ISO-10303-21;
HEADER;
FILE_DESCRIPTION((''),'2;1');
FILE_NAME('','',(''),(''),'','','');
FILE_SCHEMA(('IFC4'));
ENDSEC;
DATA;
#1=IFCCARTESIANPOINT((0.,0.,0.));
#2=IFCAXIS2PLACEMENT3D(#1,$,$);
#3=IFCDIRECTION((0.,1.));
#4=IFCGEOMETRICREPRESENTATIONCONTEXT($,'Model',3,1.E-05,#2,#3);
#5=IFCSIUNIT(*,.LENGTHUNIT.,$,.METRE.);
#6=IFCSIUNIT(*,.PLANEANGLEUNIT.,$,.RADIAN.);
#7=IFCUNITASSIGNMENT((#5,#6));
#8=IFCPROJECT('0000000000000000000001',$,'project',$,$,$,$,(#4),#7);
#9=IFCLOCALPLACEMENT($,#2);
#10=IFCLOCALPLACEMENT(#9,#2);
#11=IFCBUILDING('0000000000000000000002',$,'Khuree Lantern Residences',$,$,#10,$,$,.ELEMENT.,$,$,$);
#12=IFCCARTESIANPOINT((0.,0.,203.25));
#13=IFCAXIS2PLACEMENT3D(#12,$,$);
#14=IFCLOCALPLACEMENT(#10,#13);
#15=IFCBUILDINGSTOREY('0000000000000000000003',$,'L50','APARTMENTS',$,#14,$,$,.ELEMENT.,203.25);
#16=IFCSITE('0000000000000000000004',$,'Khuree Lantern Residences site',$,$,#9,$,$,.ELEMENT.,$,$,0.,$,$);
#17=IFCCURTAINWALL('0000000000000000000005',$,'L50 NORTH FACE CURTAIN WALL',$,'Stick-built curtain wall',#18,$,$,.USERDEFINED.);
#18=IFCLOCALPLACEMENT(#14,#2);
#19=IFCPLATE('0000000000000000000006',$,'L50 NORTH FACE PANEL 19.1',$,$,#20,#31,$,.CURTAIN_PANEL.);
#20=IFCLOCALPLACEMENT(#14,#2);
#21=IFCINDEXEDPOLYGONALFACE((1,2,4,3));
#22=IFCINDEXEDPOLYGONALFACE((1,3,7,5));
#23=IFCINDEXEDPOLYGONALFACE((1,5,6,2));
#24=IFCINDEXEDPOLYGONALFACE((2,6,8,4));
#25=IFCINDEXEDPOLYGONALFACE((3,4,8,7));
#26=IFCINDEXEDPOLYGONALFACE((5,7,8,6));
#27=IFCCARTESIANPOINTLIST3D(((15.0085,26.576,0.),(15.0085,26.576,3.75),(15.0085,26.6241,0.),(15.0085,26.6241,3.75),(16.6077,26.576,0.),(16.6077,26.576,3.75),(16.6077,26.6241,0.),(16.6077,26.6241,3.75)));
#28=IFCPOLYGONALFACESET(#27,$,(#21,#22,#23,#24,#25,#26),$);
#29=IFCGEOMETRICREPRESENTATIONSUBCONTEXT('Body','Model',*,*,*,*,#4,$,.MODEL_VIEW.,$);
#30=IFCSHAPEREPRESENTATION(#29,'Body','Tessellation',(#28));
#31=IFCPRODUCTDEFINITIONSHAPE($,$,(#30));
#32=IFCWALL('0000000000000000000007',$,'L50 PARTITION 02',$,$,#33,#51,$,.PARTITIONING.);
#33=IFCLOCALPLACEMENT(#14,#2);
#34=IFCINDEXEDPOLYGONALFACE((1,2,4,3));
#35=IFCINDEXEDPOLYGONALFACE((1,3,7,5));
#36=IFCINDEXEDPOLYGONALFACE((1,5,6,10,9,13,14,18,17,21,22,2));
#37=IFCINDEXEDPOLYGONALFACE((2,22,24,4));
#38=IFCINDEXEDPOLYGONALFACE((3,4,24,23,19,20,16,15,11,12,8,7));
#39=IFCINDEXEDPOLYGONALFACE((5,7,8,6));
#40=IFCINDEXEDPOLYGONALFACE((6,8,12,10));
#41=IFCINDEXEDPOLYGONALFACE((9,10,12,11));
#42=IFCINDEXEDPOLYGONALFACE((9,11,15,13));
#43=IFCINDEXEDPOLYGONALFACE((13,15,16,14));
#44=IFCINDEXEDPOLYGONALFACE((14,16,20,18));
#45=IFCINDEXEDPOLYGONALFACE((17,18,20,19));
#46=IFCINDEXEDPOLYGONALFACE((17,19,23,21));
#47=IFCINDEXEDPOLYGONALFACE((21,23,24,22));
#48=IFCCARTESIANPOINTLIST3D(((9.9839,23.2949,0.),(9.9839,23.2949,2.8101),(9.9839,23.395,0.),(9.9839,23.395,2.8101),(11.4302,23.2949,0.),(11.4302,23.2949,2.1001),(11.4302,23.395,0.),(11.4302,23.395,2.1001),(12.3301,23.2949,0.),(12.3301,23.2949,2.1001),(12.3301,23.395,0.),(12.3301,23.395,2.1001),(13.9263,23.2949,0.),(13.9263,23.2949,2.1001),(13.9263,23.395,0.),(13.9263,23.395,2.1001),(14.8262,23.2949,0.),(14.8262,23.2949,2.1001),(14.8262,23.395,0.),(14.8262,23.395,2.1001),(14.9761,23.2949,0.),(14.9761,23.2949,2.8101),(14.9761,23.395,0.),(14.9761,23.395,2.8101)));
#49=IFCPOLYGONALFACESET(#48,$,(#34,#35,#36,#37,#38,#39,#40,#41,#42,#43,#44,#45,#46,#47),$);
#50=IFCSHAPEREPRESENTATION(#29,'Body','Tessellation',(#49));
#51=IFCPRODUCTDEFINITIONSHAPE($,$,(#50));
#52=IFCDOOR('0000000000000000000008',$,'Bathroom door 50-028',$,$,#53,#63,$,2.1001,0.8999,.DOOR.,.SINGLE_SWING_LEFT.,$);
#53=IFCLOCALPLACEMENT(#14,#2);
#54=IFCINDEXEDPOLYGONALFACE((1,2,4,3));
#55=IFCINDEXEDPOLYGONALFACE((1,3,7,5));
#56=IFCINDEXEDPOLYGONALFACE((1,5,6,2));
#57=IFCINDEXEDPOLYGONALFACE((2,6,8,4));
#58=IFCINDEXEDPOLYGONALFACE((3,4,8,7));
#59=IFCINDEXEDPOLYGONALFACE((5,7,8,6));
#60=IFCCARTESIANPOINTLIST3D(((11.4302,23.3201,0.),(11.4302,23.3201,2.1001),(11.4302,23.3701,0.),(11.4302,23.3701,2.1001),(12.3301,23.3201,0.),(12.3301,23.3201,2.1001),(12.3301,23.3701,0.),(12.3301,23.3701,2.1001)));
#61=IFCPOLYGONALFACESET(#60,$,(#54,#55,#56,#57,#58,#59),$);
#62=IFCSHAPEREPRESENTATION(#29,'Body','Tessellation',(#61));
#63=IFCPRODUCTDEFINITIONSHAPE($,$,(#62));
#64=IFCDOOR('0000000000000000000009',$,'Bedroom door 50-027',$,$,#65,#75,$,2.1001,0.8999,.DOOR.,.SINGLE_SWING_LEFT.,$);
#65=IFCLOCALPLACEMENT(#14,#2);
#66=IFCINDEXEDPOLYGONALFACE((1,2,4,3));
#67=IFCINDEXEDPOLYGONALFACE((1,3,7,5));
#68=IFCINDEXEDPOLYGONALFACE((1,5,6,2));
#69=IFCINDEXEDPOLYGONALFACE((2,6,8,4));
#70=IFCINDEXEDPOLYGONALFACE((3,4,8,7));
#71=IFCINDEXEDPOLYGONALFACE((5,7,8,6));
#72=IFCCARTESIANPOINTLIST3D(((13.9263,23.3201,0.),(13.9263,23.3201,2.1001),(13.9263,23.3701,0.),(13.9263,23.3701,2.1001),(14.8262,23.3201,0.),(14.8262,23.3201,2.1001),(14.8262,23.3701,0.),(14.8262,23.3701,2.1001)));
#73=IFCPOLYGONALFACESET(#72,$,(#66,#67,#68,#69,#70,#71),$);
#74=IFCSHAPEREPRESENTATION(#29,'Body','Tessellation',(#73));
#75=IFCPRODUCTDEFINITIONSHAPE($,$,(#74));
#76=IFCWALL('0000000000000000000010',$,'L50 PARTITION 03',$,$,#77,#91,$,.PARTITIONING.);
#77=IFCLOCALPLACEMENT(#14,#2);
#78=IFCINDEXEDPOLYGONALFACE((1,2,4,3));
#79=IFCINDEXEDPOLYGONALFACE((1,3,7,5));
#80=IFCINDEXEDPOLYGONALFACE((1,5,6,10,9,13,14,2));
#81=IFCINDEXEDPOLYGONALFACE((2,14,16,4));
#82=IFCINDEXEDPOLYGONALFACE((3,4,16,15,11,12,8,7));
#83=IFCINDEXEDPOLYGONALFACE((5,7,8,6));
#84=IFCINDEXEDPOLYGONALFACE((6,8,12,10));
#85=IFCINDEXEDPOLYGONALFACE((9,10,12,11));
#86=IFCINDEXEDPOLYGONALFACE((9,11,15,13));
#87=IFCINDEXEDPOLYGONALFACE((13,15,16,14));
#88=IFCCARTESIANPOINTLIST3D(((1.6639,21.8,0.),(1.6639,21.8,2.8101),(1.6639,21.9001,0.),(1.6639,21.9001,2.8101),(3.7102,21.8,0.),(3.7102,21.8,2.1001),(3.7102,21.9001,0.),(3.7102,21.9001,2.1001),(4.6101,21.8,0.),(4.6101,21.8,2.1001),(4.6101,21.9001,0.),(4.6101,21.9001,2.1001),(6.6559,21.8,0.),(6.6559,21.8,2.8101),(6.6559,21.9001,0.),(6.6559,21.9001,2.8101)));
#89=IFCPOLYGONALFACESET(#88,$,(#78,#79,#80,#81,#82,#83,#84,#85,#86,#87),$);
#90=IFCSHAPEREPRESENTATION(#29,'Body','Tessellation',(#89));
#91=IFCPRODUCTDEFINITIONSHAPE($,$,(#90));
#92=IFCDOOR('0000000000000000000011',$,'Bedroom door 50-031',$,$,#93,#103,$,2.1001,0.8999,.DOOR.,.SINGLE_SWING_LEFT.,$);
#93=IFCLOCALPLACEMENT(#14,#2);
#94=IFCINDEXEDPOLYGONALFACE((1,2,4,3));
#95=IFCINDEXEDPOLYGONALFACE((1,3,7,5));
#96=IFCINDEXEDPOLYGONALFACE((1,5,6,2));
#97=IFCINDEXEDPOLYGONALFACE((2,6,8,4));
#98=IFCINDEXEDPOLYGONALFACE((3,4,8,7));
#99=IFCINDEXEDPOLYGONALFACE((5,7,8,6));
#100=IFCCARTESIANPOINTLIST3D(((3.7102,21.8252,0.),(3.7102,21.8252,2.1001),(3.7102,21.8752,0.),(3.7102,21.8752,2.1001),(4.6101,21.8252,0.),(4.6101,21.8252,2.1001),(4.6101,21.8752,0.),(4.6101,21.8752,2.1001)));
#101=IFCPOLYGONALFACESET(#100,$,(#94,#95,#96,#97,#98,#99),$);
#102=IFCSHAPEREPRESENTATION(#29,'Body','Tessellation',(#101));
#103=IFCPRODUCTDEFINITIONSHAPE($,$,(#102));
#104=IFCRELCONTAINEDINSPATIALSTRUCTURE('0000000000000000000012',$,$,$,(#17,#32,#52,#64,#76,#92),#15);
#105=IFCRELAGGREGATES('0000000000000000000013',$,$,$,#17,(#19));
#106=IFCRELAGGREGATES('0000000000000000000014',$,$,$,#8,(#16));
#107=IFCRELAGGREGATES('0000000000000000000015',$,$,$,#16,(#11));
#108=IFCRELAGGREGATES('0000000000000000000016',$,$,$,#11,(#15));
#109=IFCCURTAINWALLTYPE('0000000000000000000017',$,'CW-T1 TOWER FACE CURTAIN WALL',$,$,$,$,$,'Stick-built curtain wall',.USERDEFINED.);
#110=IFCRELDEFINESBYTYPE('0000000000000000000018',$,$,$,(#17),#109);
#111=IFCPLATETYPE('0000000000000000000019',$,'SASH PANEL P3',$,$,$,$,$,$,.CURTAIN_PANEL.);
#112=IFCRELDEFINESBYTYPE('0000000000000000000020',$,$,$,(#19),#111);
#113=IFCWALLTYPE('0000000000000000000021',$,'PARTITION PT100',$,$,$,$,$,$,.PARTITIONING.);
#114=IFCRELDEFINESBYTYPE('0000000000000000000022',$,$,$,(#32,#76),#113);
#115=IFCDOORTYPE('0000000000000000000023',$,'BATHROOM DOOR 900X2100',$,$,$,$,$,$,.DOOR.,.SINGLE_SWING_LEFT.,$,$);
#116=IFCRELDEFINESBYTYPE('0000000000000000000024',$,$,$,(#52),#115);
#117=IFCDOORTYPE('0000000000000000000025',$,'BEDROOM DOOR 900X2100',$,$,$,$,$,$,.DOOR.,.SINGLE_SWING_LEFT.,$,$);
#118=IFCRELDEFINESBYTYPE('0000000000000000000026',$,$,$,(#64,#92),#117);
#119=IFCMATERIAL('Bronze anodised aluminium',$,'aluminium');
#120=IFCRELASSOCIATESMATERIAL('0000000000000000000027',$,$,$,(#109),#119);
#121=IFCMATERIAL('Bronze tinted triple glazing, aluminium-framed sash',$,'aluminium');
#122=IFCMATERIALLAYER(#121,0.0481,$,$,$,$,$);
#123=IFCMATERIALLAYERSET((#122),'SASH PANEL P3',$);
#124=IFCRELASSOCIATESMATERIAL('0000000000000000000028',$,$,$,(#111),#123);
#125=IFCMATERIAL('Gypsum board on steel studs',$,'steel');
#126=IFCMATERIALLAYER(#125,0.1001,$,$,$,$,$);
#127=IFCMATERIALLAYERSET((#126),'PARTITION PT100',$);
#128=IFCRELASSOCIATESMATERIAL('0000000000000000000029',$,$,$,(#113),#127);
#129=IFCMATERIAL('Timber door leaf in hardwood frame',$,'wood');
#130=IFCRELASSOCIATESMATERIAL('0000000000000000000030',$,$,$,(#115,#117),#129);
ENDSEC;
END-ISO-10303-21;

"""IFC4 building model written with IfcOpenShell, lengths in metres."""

from ifc_helpers import new_model, si_unit, direction, frame, frame_2d, origin, origin_2d, place, context, subcontext, project, spatial, rectangle, extrude, material, layer, layer_set, type_object, element, fill, aggregate, save


model = new_model("IFC4")

# Units and contexts
model_context = context("Model", 3, precision=1e-05, world=origin(), true_north=direction((0.0, 1.0)))
body_context = subcontext(model_context, "Body", "Model", "MODEL_VIEW")
ifc_project = project(units=[si_unit("LENGTHUNIT", "METRE"), si_unit("PLANEANGLEUNIT", "RADIAN")], contexts=[model_context])

# Site, building, storey
site_placement = place(None, origin())
site = spatial("IfcSite", under=ifc_project, at=site_placement, Name="Khuree Lantern Residences site", CompositionType="ELEMENT", RefElevation=0.0)
building_placement = place(site_placement, origin())
building = spatial("IfcBuilding", under=site, at=building_placement, Name="Khuree Lantern Residences", CompositionType="ELEMENT")
storey_placement = place(building_placement, frame((0.0, 0.0, 203.25)))
storey = spatial("IfcBuildingStorey", under=building, at=storey_placement, Name="L50", Description="APARTMENTS", CompositionType="ELEMENT", Elevation=203.25)

# Curtain wall
ifc_material_1 = material(Name="Bronze anodised aluminium", Category="aluminium")
curtain_wall_type = type_object("IfcCurtainWallType", Name="CW-T1 TOWER FACE CURTAIN WALL", ElementType="Stick-built curtain wall", PredefinedType="USERDEFINED", material=ifc_material_1)
curtain_wall_placement = place(storey_placement, origin())
curtain_wall = element("IfcCurtainWall", 1, at=curtain_wall_placement, inside=storey, type_object=curtain_wall_type, Name="L50 NORTH FACE CURTAIN WALL", ObjectType="Stick-built curtain wall", PredefinedType="USERDEFINED")

# Plate
ifc_material_2 = material(Name="Bronze tinted triple glazing, aluminium-framed sash", Category="aluminium")
ifc_layer_1 = layer(ifc_material_2, 0.0481)
ifc_layer_set_1 = layer_set([ifc_layer_1], Name="SASH PANEL P3")
plate_type_1 = type_object("IfcPlateType", Name="SASH PANEL P3", PredefinedType="CURTAIN_PANEL", material=ifc_layer_set_1)
plate_1_placement = place(storey_placement, frame((15.8081, 26.6001, 0.0), z_axis=(0.0, 0.0, 1.0), x_axis=(-1.0, 0.0, 0.0)))
plate_1 = element("IfcPlate", 2, at=plate_1_placement, type_object=plate_type_1, Name="L50 NORTH FACE PANEL 19.1", PredefinedType="CURTAIN_PANEL", context=body_context, shape_type="SweptSolid", body=[
    extrude(rectangle(XDim=1.5991, YDim=0.0481, at=origin_2d()), origin(), (0.0, 0.0, 1.0), 3.75),
])
aggregate(curtain_wall, [plate_1])

# Wall, openings, doors
ifc_material_3 = material(Name="Gypsum board on steel studs", Category="steel")
ifc_layer_2 = layer(ifc_material_3, 0.1001)
ifc_layer_set_2 = layer_set([ifc_layer_2], Name="PARTITION PT100")
wall_type = type_object("IfcWallType", Name="PARTITION PT100", PredefinedType="PARTITIONING", material=ifc_layer_set_2)
wall_1_placement = place(storey_placement, frame((14.9761, 23.345, 0.0), z_axis=(0.0, 0.0, 1.0), x_axis=(-1.0, 0.0, 0.0)))
wall_1 = element("IfcWall", 3, at=wall_1_placement, inside=storey, type_object=wall_type, Name="L50 PARTITION 02", PredefinedType="PARTITIONING", context=body_context, shape_type="SweptSolid", body=[
    extrude(rectangle(XDim=4.9922, YDim=0.1001, at=frame_2d((2.4961, 0.0))), origin(), (0.0, 0.0, 1.0), 2.8101),
])
opening_1_placement = place(wall_1_placement, frame((0.1499, 0.0, 0.0)))
opening_1 = element("IfcOpeningElement", 4, at=opening_1_placement, cuts=wall_1, PredefinedType="OPENING", context=body_context, shape_type="SweptSolid", body=[
    extrude(rectangle(XDim=0.8999, YDim=2.1001, at=frame_2d((0.45, 1.05))), frame((0.0, 0.0601, 0.0), z_axis=(0.0, -1.0, 0.0), x_axis=(1.0, 0.0, 0.0)), (0.0, 0.0, 1.0), 0.1201),
])
opening_2_placement = place(wall_1_placement, frame((2.646, 0.0, 0.0)))
opening_2 = element("IfcOpeningElement", 5, at=opening_2_placement, cuts=wall_1, PredefinedType="OPENING", context=body_context, shape_type="SweptSolid", body=[
    extrude(rectangle(XDim=0.8999, YDim=2.1001, at=frame_2d((0.45, 1.05))), frame((0.0, 0.0601, 0.0), z_axis=(0.0, -1.0, 0.0), x_axis=(1.0, 0.0, 0.0)), (0.0, 0.0, 1.0), 0.1201),
])
ifc_material_4 = material(Name="Timber door leaf in hardwood frame", Category="wood")
door_type_1 = type_object("IfcDoorType", Name="BATHROOM DOOR 900X2100", OperationType="SINGLE_SWING_LEFT", PredefinedType="DOOR", material=ifc_material_4)
door_1_placement = place(opening_2_placement, origin())
door_1 = element("IfcDoor", 6, at=door_1_placement, inside=storey, type_object=door_type_1, Name="Bathroom door 50-028", OperationType="SINGLE_SWING_LEFT", OverallHeight=2.1001, OverallWidth=0.8999, PredefinedType="DOOR", context=body_context, shape_type="SweptSolid", body=[
    extrude(rectangle(XDim=0.8999, YDim=2.1001, at=frame_2d((0.45, 1.05))), frame((0.0, 0.0249, 0.0), z_axis=(0.0, -1.0, 0.0), x_axis=(1.0, 0.0, 0.0)), (0.0, 0.0, 1.0), 0.05),
])
fill(opening_2, door_1)
door_type_2 = type_object("IfcDoorType", Name="BEDROOM DOOR 900X2100", OperationType="SINGLE_SWING_LEFT", PredefinedType="DOOR", material=ifc_material_4)
door_2_placement = place(opening_1_placement, origin())
door_2 = element("IfcDoor", 7, at=door_2_placement, inside=storey, type_object=door_type_2, Name="Bedroom door 50-027", OperationType="SINGLE_SWING_LEFT", OverallHeight=2.1001, OverallWidth=0.8999, PredefinedType="DOOR", context=body_context, shape_type="SweptSolid", body=[
    extrude(rectangle(XDim=0.8999, YDim=2.1001, at=frame_2d((0.45, 1.05))), frame((0.0, 0.0249, 0.0), z_axis=(0.0, -1.0, 0.0), x_axis=(1.0, 0.0, 0.0)), (0.0, 0.0, 1.0), 0.05),
])
fill(opening_1, door_2)

# Wall, opening, door
wall_2_placement = place(storey_placement, frame((6.656, 21.8501, 0.0), z_axis=(0.0, 0.0, 1.0), x_axis=(-1.0, 0.0, 0.0)))
wall_2 = element("IfcWall", 8, at=wall_2_placement, inside=storey, type_object=wall_type, Name="L50 PARTITION 03", PredefinedType="PARTITIONING", context=body_context, shape_type="SweptSolid", body=[
    extrude(rectangle(XDim=4.9919, YDim=0.1001, at=frame_2d((2.4961, 0.0))), origin(), (0.0, 0.0, 1.0), 2.8101),
])
opening_3_placement = place(wall_2_placement, frame((2.0459, 0.0, 0.0)))
opening_3 = element("IfcOpeningElement", 9, at=opening_3_placement, cuts=wall_2, PredefinedType="OPENING", context=body_context, shape_type="SweptSolid", body=[
    extrude(rectangle(XDim=0.8999, YDim=2.1001, at=frame_2d((0.45, 1.05))), frame((0.0, 0.0601, 0.0), z_axis=(0.0, -1.0, 0.0), x_axis=(1.0, 0.0, 0.0)), (0.0, 0.0, 1.0), 0.1201),
])
door_3_placement = place(opening_3_placement, origin())
door_3 = element("IfcDoor", 10, at=door_3_placement, inside=storey, type_object=door_type_2, Name="Bedroom door 50-031", OperationType="SINGLE_SWING_LEFT", OverallHeight=2.1001, OverallWidth=0.8999, PredefinedType="DOOR", context=body_context, shape_type="SweptSolid", body=[
    extrude(rectangle(XDim=0.8999, YDim=2.1001, at=frame_2d((0.45, 1.05))), frame((0.0, 0.0249, 0.0), z_axis=(0.0, -1.0, 0.0), x_axis=(1.0, 0.0, 0.0)), (0.0, 0.0, 1.0), 0.05),
])
fill(opening_3, door_3)

save(model, "model.ifc")
